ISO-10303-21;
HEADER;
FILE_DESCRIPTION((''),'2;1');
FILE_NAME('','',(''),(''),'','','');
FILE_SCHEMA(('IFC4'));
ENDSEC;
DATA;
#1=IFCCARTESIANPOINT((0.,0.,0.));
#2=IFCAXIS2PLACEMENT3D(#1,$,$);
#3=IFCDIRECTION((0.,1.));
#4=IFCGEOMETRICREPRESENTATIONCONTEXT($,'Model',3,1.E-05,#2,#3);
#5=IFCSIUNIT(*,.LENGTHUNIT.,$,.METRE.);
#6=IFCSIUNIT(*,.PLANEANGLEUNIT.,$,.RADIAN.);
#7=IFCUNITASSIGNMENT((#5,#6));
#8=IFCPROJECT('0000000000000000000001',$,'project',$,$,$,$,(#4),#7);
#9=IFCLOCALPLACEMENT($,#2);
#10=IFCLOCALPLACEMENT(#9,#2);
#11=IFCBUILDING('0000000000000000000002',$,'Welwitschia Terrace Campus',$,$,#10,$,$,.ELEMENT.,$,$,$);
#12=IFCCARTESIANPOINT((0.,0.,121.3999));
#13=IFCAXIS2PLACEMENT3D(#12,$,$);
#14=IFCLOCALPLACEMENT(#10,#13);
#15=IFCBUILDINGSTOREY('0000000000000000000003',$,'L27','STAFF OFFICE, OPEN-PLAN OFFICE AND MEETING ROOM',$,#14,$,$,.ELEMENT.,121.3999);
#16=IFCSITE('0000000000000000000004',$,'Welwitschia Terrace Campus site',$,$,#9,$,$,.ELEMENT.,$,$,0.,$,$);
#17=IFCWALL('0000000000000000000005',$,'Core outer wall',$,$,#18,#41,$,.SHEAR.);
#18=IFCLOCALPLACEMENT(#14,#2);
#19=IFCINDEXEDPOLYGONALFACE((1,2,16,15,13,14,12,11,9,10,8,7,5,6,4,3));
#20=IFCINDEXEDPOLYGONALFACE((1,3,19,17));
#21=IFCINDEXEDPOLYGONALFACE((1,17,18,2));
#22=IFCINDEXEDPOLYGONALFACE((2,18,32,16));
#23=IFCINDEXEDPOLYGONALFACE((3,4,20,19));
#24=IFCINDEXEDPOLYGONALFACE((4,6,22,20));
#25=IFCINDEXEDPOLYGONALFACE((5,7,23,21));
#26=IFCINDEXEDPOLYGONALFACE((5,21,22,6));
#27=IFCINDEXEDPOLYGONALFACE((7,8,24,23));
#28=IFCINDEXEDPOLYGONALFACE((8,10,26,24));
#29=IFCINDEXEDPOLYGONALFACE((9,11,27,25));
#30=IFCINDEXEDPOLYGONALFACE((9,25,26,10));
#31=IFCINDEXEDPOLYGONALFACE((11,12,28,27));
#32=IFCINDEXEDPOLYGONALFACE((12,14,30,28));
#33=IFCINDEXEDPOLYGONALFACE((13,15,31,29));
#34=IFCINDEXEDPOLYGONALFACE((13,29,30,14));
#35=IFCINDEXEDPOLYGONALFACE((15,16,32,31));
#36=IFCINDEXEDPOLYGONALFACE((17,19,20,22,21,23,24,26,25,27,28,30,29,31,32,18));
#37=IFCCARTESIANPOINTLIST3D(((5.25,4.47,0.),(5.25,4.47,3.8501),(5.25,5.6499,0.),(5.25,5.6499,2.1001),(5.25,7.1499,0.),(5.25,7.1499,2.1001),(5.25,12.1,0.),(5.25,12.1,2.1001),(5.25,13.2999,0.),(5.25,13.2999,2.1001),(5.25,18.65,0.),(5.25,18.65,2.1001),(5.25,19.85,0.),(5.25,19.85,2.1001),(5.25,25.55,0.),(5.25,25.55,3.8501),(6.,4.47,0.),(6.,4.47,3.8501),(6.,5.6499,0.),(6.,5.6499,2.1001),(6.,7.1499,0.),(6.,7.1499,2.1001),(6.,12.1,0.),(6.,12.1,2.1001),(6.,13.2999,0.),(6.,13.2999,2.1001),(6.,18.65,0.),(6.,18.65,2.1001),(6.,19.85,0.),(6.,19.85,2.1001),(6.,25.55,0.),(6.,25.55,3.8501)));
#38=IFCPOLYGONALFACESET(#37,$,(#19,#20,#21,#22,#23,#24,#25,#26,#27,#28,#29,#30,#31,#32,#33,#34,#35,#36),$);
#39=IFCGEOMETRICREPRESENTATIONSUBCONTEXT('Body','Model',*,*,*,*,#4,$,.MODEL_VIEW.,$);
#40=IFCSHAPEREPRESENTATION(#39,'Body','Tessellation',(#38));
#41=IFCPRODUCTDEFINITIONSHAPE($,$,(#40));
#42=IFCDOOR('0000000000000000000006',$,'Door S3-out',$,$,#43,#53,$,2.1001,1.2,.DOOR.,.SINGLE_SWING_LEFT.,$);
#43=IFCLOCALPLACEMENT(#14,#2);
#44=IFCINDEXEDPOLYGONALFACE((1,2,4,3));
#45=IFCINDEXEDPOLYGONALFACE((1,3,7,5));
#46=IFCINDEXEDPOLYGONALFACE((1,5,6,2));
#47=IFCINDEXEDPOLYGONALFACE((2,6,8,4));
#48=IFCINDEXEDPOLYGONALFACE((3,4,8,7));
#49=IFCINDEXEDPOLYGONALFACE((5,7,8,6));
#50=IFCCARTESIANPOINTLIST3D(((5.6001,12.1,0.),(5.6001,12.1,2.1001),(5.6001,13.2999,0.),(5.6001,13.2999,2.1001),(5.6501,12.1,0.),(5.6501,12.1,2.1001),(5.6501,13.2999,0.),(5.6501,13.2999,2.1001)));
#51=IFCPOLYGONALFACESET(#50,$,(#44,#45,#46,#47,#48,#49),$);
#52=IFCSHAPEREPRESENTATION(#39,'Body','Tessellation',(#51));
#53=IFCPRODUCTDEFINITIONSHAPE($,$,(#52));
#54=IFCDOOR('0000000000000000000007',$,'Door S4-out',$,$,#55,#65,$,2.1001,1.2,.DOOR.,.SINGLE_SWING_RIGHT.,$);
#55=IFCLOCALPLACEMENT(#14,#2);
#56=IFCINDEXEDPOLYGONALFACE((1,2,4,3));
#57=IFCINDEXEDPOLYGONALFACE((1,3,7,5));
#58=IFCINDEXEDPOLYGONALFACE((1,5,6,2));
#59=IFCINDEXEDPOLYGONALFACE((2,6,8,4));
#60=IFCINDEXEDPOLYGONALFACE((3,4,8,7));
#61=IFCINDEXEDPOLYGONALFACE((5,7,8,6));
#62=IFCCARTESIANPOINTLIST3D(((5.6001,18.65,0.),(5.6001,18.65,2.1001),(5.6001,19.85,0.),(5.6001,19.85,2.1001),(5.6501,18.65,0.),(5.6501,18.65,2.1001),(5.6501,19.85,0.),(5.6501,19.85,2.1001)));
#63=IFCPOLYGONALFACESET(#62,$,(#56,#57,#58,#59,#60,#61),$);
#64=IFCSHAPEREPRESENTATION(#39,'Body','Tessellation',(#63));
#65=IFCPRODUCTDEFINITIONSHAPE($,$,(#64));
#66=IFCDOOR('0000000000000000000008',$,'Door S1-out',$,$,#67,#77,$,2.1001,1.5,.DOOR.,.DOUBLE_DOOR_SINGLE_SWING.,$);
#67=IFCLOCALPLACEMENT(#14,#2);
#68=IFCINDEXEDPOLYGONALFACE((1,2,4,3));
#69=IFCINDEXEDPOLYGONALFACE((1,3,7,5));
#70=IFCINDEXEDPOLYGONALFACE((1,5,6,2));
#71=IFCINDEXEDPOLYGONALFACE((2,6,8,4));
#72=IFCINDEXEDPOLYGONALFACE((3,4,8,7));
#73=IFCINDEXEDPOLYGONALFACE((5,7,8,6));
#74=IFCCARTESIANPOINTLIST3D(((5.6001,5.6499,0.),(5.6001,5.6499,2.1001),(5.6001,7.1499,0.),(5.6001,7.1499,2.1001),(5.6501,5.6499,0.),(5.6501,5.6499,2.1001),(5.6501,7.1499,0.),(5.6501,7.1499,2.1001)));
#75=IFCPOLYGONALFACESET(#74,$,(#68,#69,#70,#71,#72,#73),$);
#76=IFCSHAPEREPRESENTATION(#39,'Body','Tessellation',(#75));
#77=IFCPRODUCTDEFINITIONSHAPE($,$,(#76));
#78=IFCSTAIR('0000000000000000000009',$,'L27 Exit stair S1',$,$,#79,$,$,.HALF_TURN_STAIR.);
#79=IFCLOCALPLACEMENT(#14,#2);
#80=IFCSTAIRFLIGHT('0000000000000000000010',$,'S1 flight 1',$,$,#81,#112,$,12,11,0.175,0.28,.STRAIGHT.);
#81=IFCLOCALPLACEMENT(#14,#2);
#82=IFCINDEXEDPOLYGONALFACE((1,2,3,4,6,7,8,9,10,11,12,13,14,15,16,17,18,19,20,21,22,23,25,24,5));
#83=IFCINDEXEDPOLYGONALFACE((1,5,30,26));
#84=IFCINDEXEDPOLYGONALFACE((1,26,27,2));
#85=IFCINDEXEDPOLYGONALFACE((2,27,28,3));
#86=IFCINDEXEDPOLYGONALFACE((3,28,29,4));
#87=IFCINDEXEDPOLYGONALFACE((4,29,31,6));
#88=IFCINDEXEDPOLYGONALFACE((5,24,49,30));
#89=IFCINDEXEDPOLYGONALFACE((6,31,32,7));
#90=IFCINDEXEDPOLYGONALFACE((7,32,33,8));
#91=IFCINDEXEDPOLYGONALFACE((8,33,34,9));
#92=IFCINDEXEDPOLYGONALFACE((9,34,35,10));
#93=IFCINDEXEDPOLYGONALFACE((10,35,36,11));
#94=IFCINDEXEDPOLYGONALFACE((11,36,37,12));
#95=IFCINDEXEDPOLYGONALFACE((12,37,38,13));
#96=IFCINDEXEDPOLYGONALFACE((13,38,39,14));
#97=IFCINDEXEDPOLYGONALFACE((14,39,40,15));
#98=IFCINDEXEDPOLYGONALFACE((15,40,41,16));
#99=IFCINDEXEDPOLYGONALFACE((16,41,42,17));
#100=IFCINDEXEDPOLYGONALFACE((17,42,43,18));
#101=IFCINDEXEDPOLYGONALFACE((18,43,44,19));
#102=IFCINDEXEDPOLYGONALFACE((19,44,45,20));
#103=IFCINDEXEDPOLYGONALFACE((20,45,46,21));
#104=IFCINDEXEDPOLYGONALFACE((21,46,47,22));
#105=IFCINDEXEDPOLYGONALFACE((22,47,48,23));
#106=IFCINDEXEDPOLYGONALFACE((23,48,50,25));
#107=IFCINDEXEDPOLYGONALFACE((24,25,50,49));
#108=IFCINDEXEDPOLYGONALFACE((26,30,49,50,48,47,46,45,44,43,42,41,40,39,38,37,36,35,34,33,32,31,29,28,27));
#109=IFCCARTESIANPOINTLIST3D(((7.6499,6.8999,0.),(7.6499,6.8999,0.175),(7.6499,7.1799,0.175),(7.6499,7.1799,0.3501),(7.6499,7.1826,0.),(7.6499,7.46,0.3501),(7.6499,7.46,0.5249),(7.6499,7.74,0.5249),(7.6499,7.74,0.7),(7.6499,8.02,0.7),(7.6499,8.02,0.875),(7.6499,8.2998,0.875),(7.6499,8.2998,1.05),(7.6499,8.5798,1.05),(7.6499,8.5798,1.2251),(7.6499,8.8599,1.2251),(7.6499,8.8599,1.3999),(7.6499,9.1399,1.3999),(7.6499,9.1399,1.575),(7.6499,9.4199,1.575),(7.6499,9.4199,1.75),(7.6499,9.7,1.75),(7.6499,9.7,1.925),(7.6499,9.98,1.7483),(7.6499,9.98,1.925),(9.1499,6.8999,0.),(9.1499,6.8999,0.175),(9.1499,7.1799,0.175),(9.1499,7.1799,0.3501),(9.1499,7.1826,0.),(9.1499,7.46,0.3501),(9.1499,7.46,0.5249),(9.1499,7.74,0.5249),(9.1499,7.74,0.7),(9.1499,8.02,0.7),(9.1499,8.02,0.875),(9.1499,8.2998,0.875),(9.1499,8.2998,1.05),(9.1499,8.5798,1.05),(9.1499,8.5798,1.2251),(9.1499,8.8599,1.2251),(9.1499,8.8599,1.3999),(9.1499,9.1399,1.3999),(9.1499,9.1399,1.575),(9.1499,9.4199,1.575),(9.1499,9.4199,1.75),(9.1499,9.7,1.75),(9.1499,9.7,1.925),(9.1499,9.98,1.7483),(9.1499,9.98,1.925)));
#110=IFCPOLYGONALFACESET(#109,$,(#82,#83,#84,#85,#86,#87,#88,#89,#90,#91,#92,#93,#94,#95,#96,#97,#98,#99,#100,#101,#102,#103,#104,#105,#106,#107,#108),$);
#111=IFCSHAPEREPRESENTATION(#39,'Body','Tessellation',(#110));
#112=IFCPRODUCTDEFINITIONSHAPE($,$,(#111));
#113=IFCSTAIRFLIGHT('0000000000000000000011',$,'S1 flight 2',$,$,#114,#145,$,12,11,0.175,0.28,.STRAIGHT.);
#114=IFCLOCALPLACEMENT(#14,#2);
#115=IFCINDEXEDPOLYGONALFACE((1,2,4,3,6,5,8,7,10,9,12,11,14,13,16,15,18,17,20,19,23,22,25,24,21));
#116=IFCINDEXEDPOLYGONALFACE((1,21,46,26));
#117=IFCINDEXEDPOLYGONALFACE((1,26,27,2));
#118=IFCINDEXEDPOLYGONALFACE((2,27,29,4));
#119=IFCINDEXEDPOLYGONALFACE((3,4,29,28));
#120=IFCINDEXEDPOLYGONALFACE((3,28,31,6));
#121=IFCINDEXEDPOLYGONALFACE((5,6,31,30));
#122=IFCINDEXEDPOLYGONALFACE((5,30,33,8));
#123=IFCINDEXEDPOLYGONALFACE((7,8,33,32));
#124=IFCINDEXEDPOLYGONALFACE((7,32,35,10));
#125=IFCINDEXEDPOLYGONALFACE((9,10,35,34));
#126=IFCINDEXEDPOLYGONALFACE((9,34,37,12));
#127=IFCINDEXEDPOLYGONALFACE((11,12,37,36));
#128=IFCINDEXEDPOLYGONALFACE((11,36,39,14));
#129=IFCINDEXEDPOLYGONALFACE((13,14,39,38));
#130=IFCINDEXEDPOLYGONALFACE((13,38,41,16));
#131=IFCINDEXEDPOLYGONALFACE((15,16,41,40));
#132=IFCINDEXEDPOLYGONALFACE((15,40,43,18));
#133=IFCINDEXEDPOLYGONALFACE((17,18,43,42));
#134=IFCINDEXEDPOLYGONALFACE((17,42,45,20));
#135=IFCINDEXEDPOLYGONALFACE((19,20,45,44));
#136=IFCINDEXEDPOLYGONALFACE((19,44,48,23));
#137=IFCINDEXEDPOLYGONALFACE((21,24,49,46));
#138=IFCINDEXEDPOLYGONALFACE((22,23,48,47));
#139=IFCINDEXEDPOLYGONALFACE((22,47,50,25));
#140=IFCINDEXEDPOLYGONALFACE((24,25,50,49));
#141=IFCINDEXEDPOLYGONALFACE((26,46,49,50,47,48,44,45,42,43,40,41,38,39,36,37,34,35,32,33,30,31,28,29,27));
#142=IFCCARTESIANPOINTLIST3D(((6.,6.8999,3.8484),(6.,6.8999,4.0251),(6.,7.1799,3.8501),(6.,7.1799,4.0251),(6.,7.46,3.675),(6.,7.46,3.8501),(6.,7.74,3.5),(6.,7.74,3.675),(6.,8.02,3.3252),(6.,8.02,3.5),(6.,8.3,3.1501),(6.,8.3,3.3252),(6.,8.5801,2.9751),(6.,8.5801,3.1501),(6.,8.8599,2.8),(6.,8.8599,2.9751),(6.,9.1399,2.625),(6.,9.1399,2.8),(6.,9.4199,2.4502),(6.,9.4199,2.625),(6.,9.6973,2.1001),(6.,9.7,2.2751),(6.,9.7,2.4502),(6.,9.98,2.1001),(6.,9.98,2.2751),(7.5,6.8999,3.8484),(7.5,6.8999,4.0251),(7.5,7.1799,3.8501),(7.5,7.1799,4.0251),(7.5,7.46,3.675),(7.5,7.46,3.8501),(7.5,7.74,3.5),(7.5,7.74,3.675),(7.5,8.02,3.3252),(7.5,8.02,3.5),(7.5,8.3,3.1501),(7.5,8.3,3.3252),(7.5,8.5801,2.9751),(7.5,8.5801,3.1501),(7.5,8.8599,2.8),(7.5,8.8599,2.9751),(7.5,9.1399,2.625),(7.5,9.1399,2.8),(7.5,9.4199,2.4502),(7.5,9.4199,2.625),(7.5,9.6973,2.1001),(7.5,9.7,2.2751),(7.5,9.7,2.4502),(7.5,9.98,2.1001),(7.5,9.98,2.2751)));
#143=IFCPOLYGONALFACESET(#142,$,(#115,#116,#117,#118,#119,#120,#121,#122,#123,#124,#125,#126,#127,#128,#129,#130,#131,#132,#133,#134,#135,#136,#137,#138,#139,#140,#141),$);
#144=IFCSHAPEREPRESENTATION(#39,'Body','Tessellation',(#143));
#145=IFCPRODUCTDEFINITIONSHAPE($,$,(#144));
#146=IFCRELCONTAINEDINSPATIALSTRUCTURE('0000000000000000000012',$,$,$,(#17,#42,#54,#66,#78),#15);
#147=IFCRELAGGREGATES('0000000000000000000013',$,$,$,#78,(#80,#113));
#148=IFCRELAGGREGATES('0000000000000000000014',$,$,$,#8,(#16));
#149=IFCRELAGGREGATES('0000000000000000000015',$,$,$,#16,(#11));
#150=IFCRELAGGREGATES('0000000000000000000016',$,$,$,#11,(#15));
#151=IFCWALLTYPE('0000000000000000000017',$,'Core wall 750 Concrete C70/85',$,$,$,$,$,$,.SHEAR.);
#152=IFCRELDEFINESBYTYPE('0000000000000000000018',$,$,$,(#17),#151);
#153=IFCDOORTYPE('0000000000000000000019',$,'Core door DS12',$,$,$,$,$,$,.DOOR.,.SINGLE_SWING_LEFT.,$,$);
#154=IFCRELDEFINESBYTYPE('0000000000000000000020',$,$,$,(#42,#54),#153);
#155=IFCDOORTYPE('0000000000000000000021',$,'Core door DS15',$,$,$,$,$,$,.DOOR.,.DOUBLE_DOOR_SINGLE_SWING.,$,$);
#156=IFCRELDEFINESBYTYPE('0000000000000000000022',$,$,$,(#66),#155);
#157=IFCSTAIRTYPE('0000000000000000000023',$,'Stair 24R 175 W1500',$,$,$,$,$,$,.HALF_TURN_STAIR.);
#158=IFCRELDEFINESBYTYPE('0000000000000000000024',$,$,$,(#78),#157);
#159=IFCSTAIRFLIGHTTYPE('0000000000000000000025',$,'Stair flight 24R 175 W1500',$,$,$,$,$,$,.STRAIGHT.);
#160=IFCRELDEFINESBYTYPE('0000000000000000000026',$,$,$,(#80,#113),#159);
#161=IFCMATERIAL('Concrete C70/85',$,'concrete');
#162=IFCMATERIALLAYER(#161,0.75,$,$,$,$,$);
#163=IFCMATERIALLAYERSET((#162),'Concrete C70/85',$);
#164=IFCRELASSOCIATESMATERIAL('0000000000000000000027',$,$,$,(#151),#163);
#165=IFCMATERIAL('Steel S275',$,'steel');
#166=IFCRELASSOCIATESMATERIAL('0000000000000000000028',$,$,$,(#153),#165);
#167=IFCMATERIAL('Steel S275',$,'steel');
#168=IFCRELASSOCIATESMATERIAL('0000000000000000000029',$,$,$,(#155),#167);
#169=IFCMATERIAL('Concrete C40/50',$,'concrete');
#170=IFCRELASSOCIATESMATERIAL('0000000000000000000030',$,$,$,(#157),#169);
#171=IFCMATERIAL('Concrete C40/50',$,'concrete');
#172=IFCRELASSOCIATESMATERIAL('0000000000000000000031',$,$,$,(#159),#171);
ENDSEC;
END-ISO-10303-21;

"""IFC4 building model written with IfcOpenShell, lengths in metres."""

from ifc_helpers import new_model, si_unit, direction, frame, frame_2d, origin, place, context, subcontext, project, spatial, polyline, rectangle, outline, extrude, material, layer, layer_set, type_object, element, fill, aggregate, save


model = new_model("IFC4")

# Units and contexts
model_context = context("Model", 3, precision=1e-05, world=origin(), true_north=direction((0.0, 1.0)))
body_context = subcontext(model_context, "Body", "Model", "MODEL_VIEW")
ifc_project = project(units=[si_unit("LENGTHUNIT", "METRE"), si_unit("PLANEANGLEUNIT", "RADIAN")], contexts=[model_context])

# Site, building, storey
site_placement = place(None, origin())
site = spatial("IfcSite", under=ifc_project, at=site_placement, Name="Welwitschia Terrace Campus site", CompositionType="ELEMENT", RefElevation=0.0)
building_placement = place(site_placement, origin())
building = spatial("IfcBuilding", under=site, at=building_placement, Name="Welwitschia Terrace Campus", CompositionType="ELEMENT")
storey_placement = place(building_placement, frame((0.0, 0.0, 121.3999)))
storey = spatial("IfcBuildingStorey", under=building, at=storey_placement, Name="L27", Description="STAFF OFFICE, OPEN-PLAN OFFICE AND MEETING ROOM", CompositionType="ELEMENT", Elevation=121.3999)

# Wall, openings, doors
ifc_material_1 = material(Name="Concrete C70/85", Category="concrete")
ifc_layer_1 = layer(ifc_material_1, 0.75)
ifc_layer_set_1 = layer_set([ifc_layer_1], Name="Concrete C70/85")
wall_type_1 = type_object("IfcWallType", Name="Core wall 750 Concrete C70/85", PredefinedType="SHEAR", material=ifc_layer_set_1)
wall_1_placement = place(storey_placement, frame((5.625, 4.47, 0.0), z_axis=(0.0, 0.0, 1.0), x_axis=(0.0, 1.0, 0.0)))
wall_1 = element("IfcWall", 1, at=wall_1_placement, inside=storey, type_object=wall_type_1, Name="Core outer wall", PredefinedType="SHEAR", context=body_context, shape_type="SweptSolid", body=[
    extrude(rectangle(XDim=21.0801, YDim=0.75, at=frame_2d((10.54, 0.0))), origin(), (0.0, 0.0, 1.0), 3.8501),
])
opening_1_placement = place(wall_1_placement, frame((1.1799, 0.0, 0.0)))
opening_1 = element("IfcOpeningElement", 2, at=opening_1_placement, cuts=wall_1, PredefinedType="OPENING", context=body_context, shape_type="SweptSolid", body=[
    extrude(rectangle(XDim=1.5, YDim=2.1001, at=frame_2d((0.75, 1.05))), frame((0.0, 0.385, 0.0), z_axis=(0.0, -1.0, 0.0), x_axis=(1.0, 0.0, 0.0)), (0.0, 0.0, 1.0), 0.77),
])
opening_2_placement = place(wall_1_placement, frame((7.6299, 0.0, 0.0)))
opening_2 = element("IfcOpeningElement", 3, at=opening_2_placement, cuts=wall_1, PredefinedType="OPENING", context=body_context, shape_type="SweptSolid", body=[
    extrude(rectangle(XDim=1.2, YDim=2.1001, at=frame_2d((0.6001, 1.05))), frame((0.0, 0.385, 0.0), z_axis=(0.0, -1.0, 0.0), x_axis=(1.0, 0.0, 0.0)), (0.0, 0.0, 1.0), 0.77),
])
opening_3_placement = place(wall_1_placement, frame((14.1799, 0.0, 0.0)))
opening_3 = element("IfcOpeningElement", 4, at=opening_3_placement, cuts=wall_1, PredefinedType="OPENING", context=body_context, shape_type="SweptSolid", body=[
    extrude(rectangle(XDim=1.2, YDim=2.1001, at=frame_2d((0.6001, 1.05))), frame((0.0, 0.385, 0.0), z_axis=(0.0, -1.0, 0.0), x_axis=(1.0, 0.0, 0.0)), (0.0, 0.0, 1.0), 0.77),
])
ifc_material_2 = material(Name="Steel S275", Category="steel")
door_type_1 = type_object("IfcDoorType", Name="Core door DS12", OperationType="SINGLE_SWING_LEFT", PredefinedType="DOOR", material=ifc_material_2)
door_1_placement = place(opening_2_placement, origin())
door_1 = element("IfcDoor", 5, at=door_1_placement, inside=storey, type_object=door_type_1, Name="Door S3-out", OperationType="SINGLE_SWING_LEFT", OverallHeight=2.1001, OverallWidth=1.2, PredefinedType="DOOR", context=body_context, shape_type="SweptSolid", body=[
    extrude(rectangle(XDim=1.2, YDim=2.1001, at=frame_2d((0.6001, 1.05))), frame((0.0, 0.0249, 0.0), z_axis=(0.0, -1.0, 0.0), x_axis=(1.0, 0.0, 0.0)), (0.0, 0.0, 1.0), 0.05),
])
fill(opening_2, door_1)
door_2_placement = place(opening_3_placement, origin())
door_2 = element("IfcDoor", 6, at=door_2_placement, inside=storey, type_object=door_type_1, Name="Door S4-out", OperationType="SINGLE_SWING_RIGHT", OverallHeight=2.1001, OverallWidth=1.2, PredefinedType="DOOR", context=body_context, shape_type="SweptSolid", body=[
    extrude(rectangle(XDim=1.2, YDim=2.1001, at=frame_2d((0.6001, 1.05))), frame((0.0, 0.0249, 0.0), z_axis=(0.0, -1.0, 0.0), x_axis=(1.0, 0.0, 0.0)), (0.0, 0.0, 1.0), 0.05),
])
fill(opening_3, door_2)
ifc_material_3 = material(Name="Steel S275", Category="steel")
door_type_2 = type_object("IfcDoorType", Name="Core door DS15", OperationType="DOUBLE_DOOR_SINGLE_SWING", PredefinedType="DOOR", material=ifc_material_3)
door_3_placement = place(opening_1_placement, origin())
door_3 = element("IfcDoor", 7, at=door_3_placement, inside=storey, type_object=door_type_2, Name="Door S1-out", OperationType="DOUBLE_DOOR_SINGLE_SWING", OverallHeight=2.1001, OverallWidth=1.5, PredefinedType="DOOR", context=body_context, shape_type="SweptSolid", body=[
    extrude(rectangle(XDim=1.5, YDim=2.1001, at=frame_2d((0.75, 1.05))), frame((0.0, 0.0249, 0.0), z_axis=(0.0, -1.0, 0.0), x_axis=(1.0, 0.0, 0.0)), (0.0, 0.0, 1.0), 0.05),
])
fill(opening_1, door_3)

# Stair, stair flights
ifc_material_4 = material(Name="Concrete C40/50", Category="concrete")
stair_type = type_object("IfcStairType", Name="Stair 24R 175 W1500", PredefinedType="HALF_TURN_STAIR", material=ifc_material_4)
stair_placement = place(storey_placement, origin())
stair = element("IfcStair", 8, at=stair_placement, inside=storey, type_object=stair_type, Name="L27 Exit stair S1", PredefinedType="HALF_TURN_STAIR")
ifc_material_5 = material(Name="Concrete C40/50", Category="concrete")
stair_flight_type = type_object("IfcStairFlightType", Name="Stair flight 24R 175 W1500", PredefinedType="STRAIGHT", material=ifc_material_5)
stair_flight_1_placement = place(storey_placement, frame((8.3999, 6.8999, 0.0), z_axis=(0.0, 0.0, 1.0), x_axis=(0.0, 1.0, 0.0)))
stair_flight_1 = element("IfcStairFlight", 9, at=stair_flight_1_placement, type_object=stair_flight_type, Name="S1 flight 1", NumberOfRisers=12, NumberOfTreads=11, PredefinedType="STRAIGHT", RiserHeight=0.175, TreadLength=0.28, context=body_context, shape_type="SweptSolid", body=[
    extrude(outline(polyline([(0.0, 0.0), (0.0, 0.175), (0.28, 0.175), (0.28, 0.3501), (0.5601, 0.3501), (0.5601, 0.5249), (0.8401, 0.5249), (0.8401, 0.7), (1.1201, 0.7), (1.1201, 0.875), (1.3999, 0.875), (1.3999, 1.05), (1.6799, 1.05), (1.6799, 1.2251), (1.96, 1.2251), (1.96, 1.3999), (2.24, 1.3999), (2.24, 1.575), (2.52, 1.575), (2.52, 1.75), (2.8, 1.75), (2.8, 1.925), (3.0801, 1.925), (3.0801, 2.1001), (3.0801, 1.7483), (0.2827, 0.0), (0.0, 0.0)])), frame((0.0, 0.75, 0.0), z_axis=(0.0, -1.0, 0.0), x_axis=(1.0, 0.0, 0.0)), (0.0, 0.0, 1.0), 1.5),
])
stair_flight_2_placement = place(storey_placement, frame((6.75, 9.98, 2.1001), z_axis=(0.0, 0.0, 1.0), x_axis=(0.0, -1.0, 0.0)))
stair_flight_2 = element("IfcStairFlight", 10, at=stair_flight_2_placement, type_object=stair_flight_type, Name="S1 flight 2", NumberOfRisers=12, NumberOfTreads=11, PredefinedType="STRAIGHT", RiserHeight=0.175, TreadLength=0.28, context=body_context, shape_type="SweptSolid", body=[
    extrude(outline(polyline([(0.0, 0.0), (0.0, 0.175), (0.28, 0.175), (0.28, 0.3501), (0.5601, 0.3501), (0.5601, 0.5249), (0.8401, 0.5249), (0.8401, 0.7), (1.1201, 0.7), (1.1201, 0.875), (1.3999, 0.875), (1.3999, 1.05), (1.6799, 1.05), (1.6799, 1.2251), (1.96, 1.2251), (1.96, 1.3999), (2.24, 1.3999), (2.24, 1.575), (2.52, 1.575), (2.52, 1.75), (2.8, 1.75), (2.8, 1.925), (3.0801, 1.925), (3.0801, 2.1001), (3.0801, 1.7483), (0.2827, 0.0), (0.0, 0.0)])), frame((0.0, 0.75, 0.0), z_axis=(0.0, -1.0, 0.0), x_axis=(1.0, 0.0, 0.0)), (0.0, 0.0, 1.0), 1.5),
])
aggregate(stair, [stair_flight_1, stair_flight_2])

save(model, "model.ifc")
